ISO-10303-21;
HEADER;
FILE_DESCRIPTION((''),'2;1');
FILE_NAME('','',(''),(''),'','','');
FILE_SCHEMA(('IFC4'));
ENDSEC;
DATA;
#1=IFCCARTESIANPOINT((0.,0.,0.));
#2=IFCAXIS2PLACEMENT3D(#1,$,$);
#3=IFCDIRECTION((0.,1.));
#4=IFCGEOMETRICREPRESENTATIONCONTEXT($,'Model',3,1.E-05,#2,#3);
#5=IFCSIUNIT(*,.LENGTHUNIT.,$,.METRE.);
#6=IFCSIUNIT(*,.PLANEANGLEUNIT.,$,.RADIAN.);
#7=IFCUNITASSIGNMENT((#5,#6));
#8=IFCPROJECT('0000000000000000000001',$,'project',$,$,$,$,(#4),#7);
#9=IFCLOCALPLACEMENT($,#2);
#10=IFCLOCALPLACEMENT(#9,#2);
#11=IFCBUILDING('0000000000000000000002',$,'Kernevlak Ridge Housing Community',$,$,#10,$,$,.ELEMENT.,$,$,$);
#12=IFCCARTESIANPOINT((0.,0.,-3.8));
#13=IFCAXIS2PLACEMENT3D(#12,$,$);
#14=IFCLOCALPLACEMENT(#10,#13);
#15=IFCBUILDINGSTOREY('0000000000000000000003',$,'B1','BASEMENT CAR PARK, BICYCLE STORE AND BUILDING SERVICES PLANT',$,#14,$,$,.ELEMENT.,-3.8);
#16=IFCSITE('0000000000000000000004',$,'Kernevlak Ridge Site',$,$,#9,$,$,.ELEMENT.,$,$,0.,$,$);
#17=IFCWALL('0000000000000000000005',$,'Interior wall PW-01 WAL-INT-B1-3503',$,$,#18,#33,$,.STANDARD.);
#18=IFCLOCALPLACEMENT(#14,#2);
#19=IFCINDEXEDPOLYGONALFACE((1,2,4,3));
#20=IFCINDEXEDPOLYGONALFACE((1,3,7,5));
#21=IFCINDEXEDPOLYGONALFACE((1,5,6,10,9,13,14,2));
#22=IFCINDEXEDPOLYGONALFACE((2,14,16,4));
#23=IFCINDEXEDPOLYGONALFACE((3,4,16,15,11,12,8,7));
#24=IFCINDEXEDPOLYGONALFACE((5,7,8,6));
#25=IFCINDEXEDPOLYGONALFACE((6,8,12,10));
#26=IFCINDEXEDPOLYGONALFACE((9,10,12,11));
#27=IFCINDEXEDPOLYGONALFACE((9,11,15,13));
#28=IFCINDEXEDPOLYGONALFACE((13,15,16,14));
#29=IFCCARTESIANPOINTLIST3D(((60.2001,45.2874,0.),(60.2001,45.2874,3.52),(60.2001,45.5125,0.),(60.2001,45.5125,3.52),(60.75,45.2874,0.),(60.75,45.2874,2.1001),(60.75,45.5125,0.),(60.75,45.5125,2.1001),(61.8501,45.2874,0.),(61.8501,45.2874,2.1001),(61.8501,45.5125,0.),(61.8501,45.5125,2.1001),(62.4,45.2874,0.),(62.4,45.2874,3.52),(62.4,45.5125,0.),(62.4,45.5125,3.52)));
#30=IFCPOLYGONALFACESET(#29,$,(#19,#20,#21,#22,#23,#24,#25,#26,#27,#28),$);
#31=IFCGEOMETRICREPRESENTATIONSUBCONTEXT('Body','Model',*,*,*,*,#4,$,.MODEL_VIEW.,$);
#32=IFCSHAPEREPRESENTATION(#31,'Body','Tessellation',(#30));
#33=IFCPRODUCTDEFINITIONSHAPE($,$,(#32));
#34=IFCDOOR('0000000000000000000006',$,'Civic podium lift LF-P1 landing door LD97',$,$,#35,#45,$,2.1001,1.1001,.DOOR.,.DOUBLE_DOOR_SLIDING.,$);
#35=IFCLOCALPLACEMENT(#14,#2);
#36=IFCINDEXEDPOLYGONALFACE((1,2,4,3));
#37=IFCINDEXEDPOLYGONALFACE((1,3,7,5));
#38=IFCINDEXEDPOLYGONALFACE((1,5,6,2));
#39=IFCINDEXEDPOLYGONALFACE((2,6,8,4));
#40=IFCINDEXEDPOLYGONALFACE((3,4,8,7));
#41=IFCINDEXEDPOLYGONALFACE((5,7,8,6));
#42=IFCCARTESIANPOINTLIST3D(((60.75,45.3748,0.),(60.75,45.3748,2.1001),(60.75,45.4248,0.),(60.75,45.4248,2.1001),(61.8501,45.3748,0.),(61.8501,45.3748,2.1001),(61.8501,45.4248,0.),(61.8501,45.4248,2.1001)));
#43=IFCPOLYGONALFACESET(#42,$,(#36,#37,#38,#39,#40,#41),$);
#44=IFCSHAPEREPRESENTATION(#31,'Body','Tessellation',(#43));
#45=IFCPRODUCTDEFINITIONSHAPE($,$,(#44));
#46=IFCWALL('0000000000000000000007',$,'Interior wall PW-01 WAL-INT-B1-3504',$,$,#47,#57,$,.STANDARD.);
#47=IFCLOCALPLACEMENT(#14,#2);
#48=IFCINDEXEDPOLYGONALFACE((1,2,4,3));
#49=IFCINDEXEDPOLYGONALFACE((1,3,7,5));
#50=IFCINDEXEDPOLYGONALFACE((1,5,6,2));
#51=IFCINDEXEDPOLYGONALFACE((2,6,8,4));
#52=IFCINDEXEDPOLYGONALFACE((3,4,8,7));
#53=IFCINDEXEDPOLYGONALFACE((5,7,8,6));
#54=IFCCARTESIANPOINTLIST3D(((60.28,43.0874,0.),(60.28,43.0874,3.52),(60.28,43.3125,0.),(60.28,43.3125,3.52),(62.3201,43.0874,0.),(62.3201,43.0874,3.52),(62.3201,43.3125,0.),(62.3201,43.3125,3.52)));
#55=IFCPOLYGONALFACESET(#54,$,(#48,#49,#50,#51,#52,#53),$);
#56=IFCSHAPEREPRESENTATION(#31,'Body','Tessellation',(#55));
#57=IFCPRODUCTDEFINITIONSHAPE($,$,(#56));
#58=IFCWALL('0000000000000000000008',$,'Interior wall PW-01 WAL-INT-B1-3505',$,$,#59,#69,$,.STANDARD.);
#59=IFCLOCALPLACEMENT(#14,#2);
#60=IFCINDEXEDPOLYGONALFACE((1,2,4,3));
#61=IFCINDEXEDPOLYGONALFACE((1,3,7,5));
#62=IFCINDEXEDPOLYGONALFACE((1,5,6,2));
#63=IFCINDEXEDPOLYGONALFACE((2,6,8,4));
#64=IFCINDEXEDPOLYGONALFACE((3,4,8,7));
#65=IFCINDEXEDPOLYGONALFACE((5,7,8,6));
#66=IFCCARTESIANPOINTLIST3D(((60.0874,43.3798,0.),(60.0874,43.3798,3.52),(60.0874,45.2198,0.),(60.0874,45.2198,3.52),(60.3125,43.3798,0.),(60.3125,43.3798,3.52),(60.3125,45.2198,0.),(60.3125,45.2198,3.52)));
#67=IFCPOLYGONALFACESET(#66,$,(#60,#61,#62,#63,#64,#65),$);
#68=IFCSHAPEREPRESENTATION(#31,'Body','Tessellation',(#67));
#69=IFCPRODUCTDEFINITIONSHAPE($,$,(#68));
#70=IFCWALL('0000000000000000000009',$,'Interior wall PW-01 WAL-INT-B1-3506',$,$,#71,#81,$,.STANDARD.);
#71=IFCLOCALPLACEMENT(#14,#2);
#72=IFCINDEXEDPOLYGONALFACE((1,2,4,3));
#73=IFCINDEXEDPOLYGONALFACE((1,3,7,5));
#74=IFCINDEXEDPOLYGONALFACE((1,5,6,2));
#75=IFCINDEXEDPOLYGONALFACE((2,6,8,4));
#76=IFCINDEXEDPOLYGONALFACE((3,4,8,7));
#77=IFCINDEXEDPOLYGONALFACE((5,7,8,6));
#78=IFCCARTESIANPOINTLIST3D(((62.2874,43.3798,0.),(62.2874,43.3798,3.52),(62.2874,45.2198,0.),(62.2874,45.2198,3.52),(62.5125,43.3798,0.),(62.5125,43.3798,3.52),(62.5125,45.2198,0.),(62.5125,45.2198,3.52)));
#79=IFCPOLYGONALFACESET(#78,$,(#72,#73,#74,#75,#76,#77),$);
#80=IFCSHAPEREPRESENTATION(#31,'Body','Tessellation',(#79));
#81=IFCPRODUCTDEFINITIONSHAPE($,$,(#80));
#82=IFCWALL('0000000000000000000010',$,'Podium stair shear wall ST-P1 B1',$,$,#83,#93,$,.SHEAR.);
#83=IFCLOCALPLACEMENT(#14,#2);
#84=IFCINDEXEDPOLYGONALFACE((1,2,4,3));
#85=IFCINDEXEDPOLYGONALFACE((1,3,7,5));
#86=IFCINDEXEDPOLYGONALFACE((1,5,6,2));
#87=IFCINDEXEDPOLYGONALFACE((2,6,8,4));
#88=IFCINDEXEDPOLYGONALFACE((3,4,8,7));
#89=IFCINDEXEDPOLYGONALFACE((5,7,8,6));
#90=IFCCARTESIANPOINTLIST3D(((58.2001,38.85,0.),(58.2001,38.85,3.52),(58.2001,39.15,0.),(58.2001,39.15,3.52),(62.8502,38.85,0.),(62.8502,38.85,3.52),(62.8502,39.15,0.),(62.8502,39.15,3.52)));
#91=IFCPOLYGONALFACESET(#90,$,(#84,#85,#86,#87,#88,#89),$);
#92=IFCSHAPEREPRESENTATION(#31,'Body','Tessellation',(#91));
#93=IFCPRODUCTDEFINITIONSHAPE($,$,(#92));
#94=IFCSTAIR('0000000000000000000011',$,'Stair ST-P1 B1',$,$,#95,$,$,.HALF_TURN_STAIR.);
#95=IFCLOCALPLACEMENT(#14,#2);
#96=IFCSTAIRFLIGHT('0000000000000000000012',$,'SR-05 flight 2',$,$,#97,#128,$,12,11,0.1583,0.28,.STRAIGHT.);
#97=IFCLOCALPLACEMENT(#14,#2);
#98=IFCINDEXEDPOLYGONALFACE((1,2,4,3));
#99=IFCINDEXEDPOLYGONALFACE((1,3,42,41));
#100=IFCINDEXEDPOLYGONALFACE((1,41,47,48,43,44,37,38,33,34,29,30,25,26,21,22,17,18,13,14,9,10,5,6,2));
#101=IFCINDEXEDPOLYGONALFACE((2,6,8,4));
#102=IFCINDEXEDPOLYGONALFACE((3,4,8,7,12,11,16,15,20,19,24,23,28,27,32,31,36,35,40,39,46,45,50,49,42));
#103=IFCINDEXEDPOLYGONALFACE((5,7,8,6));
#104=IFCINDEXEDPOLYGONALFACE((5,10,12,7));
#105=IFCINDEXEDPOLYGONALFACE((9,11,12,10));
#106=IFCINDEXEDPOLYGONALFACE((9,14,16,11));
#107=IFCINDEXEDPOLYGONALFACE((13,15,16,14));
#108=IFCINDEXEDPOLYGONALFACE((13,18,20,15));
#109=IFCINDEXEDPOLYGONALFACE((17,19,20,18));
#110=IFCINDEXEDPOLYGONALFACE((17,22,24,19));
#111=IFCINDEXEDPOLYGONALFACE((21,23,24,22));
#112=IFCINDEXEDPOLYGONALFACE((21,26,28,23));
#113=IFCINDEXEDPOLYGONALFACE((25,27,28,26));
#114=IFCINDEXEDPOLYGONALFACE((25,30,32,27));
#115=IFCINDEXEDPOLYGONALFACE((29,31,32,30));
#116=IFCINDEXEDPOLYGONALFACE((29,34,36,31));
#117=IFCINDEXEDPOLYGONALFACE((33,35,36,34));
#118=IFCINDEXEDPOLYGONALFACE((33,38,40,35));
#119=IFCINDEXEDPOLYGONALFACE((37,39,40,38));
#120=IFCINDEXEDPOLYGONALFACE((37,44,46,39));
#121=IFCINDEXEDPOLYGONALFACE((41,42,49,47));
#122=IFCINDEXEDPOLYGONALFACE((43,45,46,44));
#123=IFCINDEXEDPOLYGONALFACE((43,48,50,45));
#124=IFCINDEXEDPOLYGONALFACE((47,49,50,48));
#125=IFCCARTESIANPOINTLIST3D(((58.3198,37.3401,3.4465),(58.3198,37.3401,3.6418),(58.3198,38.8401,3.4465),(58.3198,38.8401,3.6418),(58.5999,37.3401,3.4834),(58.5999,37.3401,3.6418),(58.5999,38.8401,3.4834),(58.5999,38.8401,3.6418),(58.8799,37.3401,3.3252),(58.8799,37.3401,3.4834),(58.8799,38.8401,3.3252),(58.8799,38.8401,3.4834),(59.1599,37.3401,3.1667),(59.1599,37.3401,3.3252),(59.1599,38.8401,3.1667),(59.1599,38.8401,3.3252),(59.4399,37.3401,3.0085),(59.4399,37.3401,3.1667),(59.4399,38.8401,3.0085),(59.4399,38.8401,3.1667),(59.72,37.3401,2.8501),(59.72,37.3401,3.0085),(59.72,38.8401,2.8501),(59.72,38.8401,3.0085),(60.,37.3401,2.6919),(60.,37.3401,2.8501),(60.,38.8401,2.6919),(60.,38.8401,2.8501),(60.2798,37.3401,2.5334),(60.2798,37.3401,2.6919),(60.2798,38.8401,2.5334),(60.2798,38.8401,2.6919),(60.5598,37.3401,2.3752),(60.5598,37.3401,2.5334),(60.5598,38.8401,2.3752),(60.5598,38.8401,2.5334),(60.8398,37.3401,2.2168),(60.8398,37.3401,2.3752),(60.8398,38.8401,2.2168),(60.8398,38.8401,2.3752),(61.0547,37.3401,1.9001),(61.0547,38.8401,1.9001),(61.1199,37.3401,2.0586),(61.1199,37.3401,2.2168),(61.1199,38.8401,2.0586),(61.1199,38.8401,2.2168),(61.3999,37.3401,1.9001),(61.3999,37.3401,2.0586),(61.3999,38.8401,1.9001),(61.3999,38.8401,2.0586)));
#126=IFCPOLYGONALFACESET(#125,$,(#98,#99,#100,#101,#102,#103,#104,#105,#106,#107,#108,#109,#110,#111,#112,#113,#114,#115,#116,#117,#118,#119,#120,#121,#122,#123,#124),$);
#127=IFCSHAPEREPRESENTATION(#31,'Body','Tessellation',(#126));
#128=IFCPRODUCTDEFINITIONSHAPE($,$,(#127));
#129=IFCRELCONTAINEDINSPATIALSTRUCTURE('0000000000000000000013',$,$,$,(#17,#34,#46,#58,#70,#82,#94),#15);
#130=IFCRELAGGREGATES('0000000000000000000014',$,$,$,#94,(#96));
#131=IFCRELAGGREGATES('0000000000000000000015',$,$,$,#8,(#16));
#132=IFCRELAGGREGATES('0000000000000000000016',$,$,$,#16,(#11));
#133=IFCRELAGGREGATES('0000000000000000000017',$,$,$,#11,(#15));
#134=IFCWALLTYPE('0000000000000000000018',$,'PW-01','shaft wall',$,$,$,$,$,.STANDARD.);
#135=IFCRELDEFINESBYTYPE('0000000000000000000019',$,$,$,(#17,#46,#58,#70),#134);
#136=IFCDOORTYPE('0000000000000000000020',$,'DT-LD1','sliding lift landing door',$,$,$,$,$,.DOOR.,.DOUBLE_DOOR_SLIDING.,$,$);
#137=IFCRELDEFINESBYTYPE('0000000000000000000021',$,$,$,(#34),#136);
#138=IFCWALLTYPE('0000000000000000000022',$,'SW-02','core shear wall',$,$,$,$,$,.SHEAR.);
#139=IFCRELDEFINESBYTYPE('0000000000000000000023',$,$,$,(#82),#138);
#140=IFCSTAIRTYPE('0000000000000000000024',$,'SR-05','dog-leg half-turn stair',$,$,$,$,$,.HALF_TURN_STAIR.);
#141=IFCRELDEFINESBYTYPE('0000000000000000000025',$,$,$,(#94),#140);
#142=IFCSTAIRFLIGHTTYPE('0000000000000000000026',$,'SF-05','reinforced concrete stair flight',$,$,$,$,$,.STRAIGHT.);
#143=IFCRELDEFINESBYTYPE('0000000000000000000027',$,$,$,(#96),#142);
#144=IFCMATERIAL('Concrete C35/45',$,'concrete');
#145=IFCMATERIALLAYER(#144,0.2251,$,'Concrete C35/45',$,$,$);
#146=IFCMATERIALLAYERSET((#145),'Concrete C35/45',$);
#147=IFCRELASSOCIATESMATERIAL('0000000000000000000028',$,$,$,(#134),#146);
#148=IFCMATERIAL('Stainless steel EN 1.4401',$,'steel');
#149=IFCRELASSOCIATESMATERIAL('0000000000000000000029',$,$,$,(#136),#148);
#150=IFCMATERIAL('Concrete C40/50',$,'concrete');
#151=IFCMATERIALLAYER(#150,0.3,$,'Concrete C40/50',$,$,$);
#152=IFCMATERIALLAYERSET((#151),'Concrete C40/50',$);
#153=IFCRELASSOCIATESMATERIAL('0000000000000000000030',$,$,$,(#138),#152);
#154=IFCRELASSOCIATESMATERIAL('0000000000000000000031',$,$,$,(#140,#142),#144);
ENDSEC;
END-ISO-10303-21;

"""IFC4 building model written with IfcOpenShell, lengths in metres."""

from ifc_helpers import new_model, si_unit, direction, frame, frame_2d, origin, place, context, subcontext, project, spatial, polyline, rectangle, outline, extrude, material, layer, layer_set, type_object, element, fill, aggregate, save


model = new_model("IFC4")

# Units and contexts
model_context = context("Model", 3, precision=1e-05, world=origin(), true_north=direction((0.0, 1.0)))
body_context = subcontext(model_context, "Body", "Model", "MODEL_VIEW")
ifc_project = project(units=[si_unit("LENGTHUNIT", "METRE"), si_unit("PLANEANGLEUNIT", "RADIAN")], contexts=[model_context])

# Site, building, storey
site_placement = place(None, origin())
site = spatial("IfcSite", under=ifc_project, at=site_placement, Name="Kernevlak Ridge Site", CompositionType="ELEMENT", RefElevation=0.0)
building_placement = place(site_placement, origin())
building = spatial("IfcBuilding", under=site, at=building_placement, Name="Kernevlak Ridge Housing Community", CompositionType="ELEMENT")
storey_placement = place(building_placement, frame((0.0, 0.0, -3.8)))
storey = spatial("IfcBuildingStorey", under=building, at=storey_placement, Name="B1", Description="BASEMENT CAR PARK, BICYCLE STORE AND BUILDING SERVICES PLANT", CompositionType="ELEMENT", Elevation=-3.8)

# Shared definitions
ifc_material_1 = material(Name="Concrete C35/45", Category="concrete")

# Shared definitions
ifc_material_2 = material(Name="Concrete C40/50", Category="concrete")

# Wall, opening, door
ifc_layer_1 = layer(ifc_material_1, 0.2251, Name="Concrete C35/45")
ifc_layer_set_1 = layer_set([ifc_layer_1], Name="Concrete C35/45")
wall_type_1 = type_object("IfcWallType", Name="PW-01", Description="shaft wall", PredefinedType="STANDARD", material=ifc_layer_set_1)
wall_1_placement = place(storey_placement, frame((60.2, 45.3999, 0.0), z_axis=(0.0, 0.0, 1.0), x_axis=(1.0, 0.0, 0.0)))
wall_1 = element("IfcWall", 1, at=wall_1_placement, inside=storey, type_object=wall_type_1, Name="Interior wall PW-01 WAL-INT-B1-3503", PredefinedType="STANDARD", context=body_context, shape_type="SweptSolid", body=[
    extrude(rectangle(XDim=2.2, YDim=0.2251, at=frame_2d((1.1001, 0.0))), origin(), (0.0, 0.0, 1.0), 3.52),
])
opening_1_placement = place(wall_1_placement, frame((0.55, 0.0, 0.0)))
opening_1 = element("IfcOpeningElement", 2, at=opening_1_placement, cuts=wall_1, PredefinedType="OPENING", context=body_context, shape_type="SweptSolid", body=[
    extrude(rectangle(XDim=1.1001, YDim=2.1001, at=frame_2d((0.55, 1.05))), frame((0.0, 0.1226, 0.0), z_axis=(0.0, -1.0, 0.0), x_axis=(1.0, 0.0, 0.0)), (0.0, 0.0, 1.0), 0.2451),
])
ifc_material_3 = material(Name="Stainless steel EN 1.4401", Category="steel")
door_type_1 = type_object("IfcDoorType", Name="DT-LD1", Description="sliding lift landing door", OperationType="DOUBLE_DOOR_SLIDING", PredefinedType="DOOR", material=ifc_material_3)
door_1_placement = place(opening_1_placement, origin())
door_1 = element("IfcDoor", 3, at=door_1_placement, inside=storey, type_object=door_type_1, Name="Civic podium lift LF-P1 landing door LD97", OperationType="DOUBLE_DOOR_SLIDING", OverallHeight=2.1001, OverallWidth=1.1001, PredefinedType="DOOR", context=body_context, shape_type="SweptSolid", body=[
    extrude(rectangle(XDim=1.1001, YDim=2.1001, at=frame_2d((0.55, 1.05))), frame((0.0, 0.0249, 0.0), z_axis=(0.0, -1.0, 0.0), x_axis=(1.0, 0.0, 0.0)), (0.0, 0.0, 1.0), 0.05),
])
fill(opening_1, door_1)

# Walls
wall_2_placement = place(storey_placement, frame((60.28, 43.2, 0.0), z_axis=(0.0, 0.0, 1.0), x_axis=(1.0, 0.0, 0.0)))
element("IfcWall", 4, at=wall_2_placement, inside=storey, type_object=wall_type_1, Name="Interior wall PW-01 WAL-INT-B1-3504", PredefinedType="STANDARD", context=body_context, shape_type="SweptSolid", body=[
    extrude(rectangle(XDim=2.04, YDim=0.2251, at=frame_2d((1.02, 0.0))), origin(), (0.0, 0.0, 1.0), 3.52),
])
for number, where, z_axis, x_axis, name in (
    (5, (60.2, 43.3799, 0.0), (0.0, 0.0, 1.0), (0.0, 1.0, 0.0), "Interior wall PW-01 WAL-INT-B1-3505"),
    (6, (62.3999, 43.3799, 0.0), (0.0, 0.0, 1.0), (0.0, 1.0, 0.0), "Interior wall PW-01 WAL-INT-B1-3506"),
):
    element("IfcWall", number, at=place(storey_placement, frame(where, z_axis=z_axis, x_axis=x_axis)), inside=storey, type_object=wall_type_1, Name=name, PredefinedType="STANDARD", context=body_context, shape_type="SweptSolid", body=[
        extrude(rectangle(XDim=1.8401, YDim=0.2251, at=frame_2d((0.9199, 0.0))), origin(), (0.0, 0.0, 1.0), 3.52),
    ])
ifc_layer_2 = layer(ifc_material_2, 0.3, Name="Concrete C40/50")
ifc_layer_set_2 = layer_set([ifc_layer_2], Name="Concrete C40/50")
wall_type_2 = type_object("IfcWallType", Name="SW-02", Description="core shear wall", PredefinedType="SHEAR", material=ifc_layer_set_2)
wall_3_placement = place(storey_placement, frame((58.2, 39.0, 0.0), z_axis=(0.0, 0.0, 1.0), x_axis=(1.0, 0.0, 0.0)))
element("IfcWall", 7, at=wall_3_placement, inside=storey, type_object=wall_type_2, Name="Podium stair shear wall ST-P1 B1", PredefinedType="SHEAR", context=body_context, shape_type="SweptSolid", body=[
    extrude(rectangle(XDim=4.6501, YDim=0.3, at=frame_2d((2.3252, 0.0))), origin(), (0.0, 0.0, 1.0), 3.52),
])

# Stair, stair flight
stair_type = type_object("IfcStairType", Name="SR-05", Description="dog-leg half-turn stair", PredefinedType="HALF_TURN_STAIR", material=ifc_material_1)
stair_placement = place(storey_placement, origin())
stair = element("IfcStair", 8, at=stair_placement, inside=storey, type_object=stair_type, Name="Stair ST-P1 B1", PredefinedType="HALF_TURN_STAIR")
stair_flight_type = type_object("IfcStairFlightType", Name="SF-05", Description="reinforced concrete stair flight", PredefinedType="STRAIGHT", material=ifc_material_1)
stair_flight_placement = place(storey_placement, frame((61.3999, 38.0901, 1.9001), z_axis=(0.0, 0.0, 1.0), x_axis=(-1.0, 0.0, 0.0)))
stair_flight = element("IfcStairFlight", 9, at=stair_flight_placement, type_object=stair_flight_type, Name="SR-05 flight 2", NumberOfRisers=12, NumberOfTreads=11, PredefinedType="STRAIGHT", RiserHeight=0.1583, TreadLength=0.28, context=body_context, shape_type="SweptSolid", body=[
    extrude(outline(polyline([(0.0, 0.0), (0.0, 0.1584), (0.28, 0.1584), (0.28, 0.3167), (0.5601, 0.3167), (0.5601, 0.4751), (0.8401, 0.4751), (0.8401, 0.6333), (1.1201, 0.6333), (1.1201, 0.7917), (1.3999, 0.7917), (1.3999, 0.95), (1.6799, 0.95), (1.6799, 1.1084), (1.96, 1.1084), (1.96, 1.2666), (2.24, 1.2666), (2.24, 1.425), (2.52, 1.425), (2.52, 1.5833), (2.8, 1.5833), (2.8, 1.7417), (3.0801, 1.7417), (3.0801, 1.8999), (3.0801, 1.5464), (0.3452, 0.0), (0.0, 0.0)])), frame((0.0, 0.75, 0.0), z_axis=(0.0, -1.0, 0.0), x_axis=(1.0, 0.0, 0.0)), (0.0, 0.0, 1.0), 1.5),
])
aggregate(stair, [stair_flight])

save(model, "model.ifc")
